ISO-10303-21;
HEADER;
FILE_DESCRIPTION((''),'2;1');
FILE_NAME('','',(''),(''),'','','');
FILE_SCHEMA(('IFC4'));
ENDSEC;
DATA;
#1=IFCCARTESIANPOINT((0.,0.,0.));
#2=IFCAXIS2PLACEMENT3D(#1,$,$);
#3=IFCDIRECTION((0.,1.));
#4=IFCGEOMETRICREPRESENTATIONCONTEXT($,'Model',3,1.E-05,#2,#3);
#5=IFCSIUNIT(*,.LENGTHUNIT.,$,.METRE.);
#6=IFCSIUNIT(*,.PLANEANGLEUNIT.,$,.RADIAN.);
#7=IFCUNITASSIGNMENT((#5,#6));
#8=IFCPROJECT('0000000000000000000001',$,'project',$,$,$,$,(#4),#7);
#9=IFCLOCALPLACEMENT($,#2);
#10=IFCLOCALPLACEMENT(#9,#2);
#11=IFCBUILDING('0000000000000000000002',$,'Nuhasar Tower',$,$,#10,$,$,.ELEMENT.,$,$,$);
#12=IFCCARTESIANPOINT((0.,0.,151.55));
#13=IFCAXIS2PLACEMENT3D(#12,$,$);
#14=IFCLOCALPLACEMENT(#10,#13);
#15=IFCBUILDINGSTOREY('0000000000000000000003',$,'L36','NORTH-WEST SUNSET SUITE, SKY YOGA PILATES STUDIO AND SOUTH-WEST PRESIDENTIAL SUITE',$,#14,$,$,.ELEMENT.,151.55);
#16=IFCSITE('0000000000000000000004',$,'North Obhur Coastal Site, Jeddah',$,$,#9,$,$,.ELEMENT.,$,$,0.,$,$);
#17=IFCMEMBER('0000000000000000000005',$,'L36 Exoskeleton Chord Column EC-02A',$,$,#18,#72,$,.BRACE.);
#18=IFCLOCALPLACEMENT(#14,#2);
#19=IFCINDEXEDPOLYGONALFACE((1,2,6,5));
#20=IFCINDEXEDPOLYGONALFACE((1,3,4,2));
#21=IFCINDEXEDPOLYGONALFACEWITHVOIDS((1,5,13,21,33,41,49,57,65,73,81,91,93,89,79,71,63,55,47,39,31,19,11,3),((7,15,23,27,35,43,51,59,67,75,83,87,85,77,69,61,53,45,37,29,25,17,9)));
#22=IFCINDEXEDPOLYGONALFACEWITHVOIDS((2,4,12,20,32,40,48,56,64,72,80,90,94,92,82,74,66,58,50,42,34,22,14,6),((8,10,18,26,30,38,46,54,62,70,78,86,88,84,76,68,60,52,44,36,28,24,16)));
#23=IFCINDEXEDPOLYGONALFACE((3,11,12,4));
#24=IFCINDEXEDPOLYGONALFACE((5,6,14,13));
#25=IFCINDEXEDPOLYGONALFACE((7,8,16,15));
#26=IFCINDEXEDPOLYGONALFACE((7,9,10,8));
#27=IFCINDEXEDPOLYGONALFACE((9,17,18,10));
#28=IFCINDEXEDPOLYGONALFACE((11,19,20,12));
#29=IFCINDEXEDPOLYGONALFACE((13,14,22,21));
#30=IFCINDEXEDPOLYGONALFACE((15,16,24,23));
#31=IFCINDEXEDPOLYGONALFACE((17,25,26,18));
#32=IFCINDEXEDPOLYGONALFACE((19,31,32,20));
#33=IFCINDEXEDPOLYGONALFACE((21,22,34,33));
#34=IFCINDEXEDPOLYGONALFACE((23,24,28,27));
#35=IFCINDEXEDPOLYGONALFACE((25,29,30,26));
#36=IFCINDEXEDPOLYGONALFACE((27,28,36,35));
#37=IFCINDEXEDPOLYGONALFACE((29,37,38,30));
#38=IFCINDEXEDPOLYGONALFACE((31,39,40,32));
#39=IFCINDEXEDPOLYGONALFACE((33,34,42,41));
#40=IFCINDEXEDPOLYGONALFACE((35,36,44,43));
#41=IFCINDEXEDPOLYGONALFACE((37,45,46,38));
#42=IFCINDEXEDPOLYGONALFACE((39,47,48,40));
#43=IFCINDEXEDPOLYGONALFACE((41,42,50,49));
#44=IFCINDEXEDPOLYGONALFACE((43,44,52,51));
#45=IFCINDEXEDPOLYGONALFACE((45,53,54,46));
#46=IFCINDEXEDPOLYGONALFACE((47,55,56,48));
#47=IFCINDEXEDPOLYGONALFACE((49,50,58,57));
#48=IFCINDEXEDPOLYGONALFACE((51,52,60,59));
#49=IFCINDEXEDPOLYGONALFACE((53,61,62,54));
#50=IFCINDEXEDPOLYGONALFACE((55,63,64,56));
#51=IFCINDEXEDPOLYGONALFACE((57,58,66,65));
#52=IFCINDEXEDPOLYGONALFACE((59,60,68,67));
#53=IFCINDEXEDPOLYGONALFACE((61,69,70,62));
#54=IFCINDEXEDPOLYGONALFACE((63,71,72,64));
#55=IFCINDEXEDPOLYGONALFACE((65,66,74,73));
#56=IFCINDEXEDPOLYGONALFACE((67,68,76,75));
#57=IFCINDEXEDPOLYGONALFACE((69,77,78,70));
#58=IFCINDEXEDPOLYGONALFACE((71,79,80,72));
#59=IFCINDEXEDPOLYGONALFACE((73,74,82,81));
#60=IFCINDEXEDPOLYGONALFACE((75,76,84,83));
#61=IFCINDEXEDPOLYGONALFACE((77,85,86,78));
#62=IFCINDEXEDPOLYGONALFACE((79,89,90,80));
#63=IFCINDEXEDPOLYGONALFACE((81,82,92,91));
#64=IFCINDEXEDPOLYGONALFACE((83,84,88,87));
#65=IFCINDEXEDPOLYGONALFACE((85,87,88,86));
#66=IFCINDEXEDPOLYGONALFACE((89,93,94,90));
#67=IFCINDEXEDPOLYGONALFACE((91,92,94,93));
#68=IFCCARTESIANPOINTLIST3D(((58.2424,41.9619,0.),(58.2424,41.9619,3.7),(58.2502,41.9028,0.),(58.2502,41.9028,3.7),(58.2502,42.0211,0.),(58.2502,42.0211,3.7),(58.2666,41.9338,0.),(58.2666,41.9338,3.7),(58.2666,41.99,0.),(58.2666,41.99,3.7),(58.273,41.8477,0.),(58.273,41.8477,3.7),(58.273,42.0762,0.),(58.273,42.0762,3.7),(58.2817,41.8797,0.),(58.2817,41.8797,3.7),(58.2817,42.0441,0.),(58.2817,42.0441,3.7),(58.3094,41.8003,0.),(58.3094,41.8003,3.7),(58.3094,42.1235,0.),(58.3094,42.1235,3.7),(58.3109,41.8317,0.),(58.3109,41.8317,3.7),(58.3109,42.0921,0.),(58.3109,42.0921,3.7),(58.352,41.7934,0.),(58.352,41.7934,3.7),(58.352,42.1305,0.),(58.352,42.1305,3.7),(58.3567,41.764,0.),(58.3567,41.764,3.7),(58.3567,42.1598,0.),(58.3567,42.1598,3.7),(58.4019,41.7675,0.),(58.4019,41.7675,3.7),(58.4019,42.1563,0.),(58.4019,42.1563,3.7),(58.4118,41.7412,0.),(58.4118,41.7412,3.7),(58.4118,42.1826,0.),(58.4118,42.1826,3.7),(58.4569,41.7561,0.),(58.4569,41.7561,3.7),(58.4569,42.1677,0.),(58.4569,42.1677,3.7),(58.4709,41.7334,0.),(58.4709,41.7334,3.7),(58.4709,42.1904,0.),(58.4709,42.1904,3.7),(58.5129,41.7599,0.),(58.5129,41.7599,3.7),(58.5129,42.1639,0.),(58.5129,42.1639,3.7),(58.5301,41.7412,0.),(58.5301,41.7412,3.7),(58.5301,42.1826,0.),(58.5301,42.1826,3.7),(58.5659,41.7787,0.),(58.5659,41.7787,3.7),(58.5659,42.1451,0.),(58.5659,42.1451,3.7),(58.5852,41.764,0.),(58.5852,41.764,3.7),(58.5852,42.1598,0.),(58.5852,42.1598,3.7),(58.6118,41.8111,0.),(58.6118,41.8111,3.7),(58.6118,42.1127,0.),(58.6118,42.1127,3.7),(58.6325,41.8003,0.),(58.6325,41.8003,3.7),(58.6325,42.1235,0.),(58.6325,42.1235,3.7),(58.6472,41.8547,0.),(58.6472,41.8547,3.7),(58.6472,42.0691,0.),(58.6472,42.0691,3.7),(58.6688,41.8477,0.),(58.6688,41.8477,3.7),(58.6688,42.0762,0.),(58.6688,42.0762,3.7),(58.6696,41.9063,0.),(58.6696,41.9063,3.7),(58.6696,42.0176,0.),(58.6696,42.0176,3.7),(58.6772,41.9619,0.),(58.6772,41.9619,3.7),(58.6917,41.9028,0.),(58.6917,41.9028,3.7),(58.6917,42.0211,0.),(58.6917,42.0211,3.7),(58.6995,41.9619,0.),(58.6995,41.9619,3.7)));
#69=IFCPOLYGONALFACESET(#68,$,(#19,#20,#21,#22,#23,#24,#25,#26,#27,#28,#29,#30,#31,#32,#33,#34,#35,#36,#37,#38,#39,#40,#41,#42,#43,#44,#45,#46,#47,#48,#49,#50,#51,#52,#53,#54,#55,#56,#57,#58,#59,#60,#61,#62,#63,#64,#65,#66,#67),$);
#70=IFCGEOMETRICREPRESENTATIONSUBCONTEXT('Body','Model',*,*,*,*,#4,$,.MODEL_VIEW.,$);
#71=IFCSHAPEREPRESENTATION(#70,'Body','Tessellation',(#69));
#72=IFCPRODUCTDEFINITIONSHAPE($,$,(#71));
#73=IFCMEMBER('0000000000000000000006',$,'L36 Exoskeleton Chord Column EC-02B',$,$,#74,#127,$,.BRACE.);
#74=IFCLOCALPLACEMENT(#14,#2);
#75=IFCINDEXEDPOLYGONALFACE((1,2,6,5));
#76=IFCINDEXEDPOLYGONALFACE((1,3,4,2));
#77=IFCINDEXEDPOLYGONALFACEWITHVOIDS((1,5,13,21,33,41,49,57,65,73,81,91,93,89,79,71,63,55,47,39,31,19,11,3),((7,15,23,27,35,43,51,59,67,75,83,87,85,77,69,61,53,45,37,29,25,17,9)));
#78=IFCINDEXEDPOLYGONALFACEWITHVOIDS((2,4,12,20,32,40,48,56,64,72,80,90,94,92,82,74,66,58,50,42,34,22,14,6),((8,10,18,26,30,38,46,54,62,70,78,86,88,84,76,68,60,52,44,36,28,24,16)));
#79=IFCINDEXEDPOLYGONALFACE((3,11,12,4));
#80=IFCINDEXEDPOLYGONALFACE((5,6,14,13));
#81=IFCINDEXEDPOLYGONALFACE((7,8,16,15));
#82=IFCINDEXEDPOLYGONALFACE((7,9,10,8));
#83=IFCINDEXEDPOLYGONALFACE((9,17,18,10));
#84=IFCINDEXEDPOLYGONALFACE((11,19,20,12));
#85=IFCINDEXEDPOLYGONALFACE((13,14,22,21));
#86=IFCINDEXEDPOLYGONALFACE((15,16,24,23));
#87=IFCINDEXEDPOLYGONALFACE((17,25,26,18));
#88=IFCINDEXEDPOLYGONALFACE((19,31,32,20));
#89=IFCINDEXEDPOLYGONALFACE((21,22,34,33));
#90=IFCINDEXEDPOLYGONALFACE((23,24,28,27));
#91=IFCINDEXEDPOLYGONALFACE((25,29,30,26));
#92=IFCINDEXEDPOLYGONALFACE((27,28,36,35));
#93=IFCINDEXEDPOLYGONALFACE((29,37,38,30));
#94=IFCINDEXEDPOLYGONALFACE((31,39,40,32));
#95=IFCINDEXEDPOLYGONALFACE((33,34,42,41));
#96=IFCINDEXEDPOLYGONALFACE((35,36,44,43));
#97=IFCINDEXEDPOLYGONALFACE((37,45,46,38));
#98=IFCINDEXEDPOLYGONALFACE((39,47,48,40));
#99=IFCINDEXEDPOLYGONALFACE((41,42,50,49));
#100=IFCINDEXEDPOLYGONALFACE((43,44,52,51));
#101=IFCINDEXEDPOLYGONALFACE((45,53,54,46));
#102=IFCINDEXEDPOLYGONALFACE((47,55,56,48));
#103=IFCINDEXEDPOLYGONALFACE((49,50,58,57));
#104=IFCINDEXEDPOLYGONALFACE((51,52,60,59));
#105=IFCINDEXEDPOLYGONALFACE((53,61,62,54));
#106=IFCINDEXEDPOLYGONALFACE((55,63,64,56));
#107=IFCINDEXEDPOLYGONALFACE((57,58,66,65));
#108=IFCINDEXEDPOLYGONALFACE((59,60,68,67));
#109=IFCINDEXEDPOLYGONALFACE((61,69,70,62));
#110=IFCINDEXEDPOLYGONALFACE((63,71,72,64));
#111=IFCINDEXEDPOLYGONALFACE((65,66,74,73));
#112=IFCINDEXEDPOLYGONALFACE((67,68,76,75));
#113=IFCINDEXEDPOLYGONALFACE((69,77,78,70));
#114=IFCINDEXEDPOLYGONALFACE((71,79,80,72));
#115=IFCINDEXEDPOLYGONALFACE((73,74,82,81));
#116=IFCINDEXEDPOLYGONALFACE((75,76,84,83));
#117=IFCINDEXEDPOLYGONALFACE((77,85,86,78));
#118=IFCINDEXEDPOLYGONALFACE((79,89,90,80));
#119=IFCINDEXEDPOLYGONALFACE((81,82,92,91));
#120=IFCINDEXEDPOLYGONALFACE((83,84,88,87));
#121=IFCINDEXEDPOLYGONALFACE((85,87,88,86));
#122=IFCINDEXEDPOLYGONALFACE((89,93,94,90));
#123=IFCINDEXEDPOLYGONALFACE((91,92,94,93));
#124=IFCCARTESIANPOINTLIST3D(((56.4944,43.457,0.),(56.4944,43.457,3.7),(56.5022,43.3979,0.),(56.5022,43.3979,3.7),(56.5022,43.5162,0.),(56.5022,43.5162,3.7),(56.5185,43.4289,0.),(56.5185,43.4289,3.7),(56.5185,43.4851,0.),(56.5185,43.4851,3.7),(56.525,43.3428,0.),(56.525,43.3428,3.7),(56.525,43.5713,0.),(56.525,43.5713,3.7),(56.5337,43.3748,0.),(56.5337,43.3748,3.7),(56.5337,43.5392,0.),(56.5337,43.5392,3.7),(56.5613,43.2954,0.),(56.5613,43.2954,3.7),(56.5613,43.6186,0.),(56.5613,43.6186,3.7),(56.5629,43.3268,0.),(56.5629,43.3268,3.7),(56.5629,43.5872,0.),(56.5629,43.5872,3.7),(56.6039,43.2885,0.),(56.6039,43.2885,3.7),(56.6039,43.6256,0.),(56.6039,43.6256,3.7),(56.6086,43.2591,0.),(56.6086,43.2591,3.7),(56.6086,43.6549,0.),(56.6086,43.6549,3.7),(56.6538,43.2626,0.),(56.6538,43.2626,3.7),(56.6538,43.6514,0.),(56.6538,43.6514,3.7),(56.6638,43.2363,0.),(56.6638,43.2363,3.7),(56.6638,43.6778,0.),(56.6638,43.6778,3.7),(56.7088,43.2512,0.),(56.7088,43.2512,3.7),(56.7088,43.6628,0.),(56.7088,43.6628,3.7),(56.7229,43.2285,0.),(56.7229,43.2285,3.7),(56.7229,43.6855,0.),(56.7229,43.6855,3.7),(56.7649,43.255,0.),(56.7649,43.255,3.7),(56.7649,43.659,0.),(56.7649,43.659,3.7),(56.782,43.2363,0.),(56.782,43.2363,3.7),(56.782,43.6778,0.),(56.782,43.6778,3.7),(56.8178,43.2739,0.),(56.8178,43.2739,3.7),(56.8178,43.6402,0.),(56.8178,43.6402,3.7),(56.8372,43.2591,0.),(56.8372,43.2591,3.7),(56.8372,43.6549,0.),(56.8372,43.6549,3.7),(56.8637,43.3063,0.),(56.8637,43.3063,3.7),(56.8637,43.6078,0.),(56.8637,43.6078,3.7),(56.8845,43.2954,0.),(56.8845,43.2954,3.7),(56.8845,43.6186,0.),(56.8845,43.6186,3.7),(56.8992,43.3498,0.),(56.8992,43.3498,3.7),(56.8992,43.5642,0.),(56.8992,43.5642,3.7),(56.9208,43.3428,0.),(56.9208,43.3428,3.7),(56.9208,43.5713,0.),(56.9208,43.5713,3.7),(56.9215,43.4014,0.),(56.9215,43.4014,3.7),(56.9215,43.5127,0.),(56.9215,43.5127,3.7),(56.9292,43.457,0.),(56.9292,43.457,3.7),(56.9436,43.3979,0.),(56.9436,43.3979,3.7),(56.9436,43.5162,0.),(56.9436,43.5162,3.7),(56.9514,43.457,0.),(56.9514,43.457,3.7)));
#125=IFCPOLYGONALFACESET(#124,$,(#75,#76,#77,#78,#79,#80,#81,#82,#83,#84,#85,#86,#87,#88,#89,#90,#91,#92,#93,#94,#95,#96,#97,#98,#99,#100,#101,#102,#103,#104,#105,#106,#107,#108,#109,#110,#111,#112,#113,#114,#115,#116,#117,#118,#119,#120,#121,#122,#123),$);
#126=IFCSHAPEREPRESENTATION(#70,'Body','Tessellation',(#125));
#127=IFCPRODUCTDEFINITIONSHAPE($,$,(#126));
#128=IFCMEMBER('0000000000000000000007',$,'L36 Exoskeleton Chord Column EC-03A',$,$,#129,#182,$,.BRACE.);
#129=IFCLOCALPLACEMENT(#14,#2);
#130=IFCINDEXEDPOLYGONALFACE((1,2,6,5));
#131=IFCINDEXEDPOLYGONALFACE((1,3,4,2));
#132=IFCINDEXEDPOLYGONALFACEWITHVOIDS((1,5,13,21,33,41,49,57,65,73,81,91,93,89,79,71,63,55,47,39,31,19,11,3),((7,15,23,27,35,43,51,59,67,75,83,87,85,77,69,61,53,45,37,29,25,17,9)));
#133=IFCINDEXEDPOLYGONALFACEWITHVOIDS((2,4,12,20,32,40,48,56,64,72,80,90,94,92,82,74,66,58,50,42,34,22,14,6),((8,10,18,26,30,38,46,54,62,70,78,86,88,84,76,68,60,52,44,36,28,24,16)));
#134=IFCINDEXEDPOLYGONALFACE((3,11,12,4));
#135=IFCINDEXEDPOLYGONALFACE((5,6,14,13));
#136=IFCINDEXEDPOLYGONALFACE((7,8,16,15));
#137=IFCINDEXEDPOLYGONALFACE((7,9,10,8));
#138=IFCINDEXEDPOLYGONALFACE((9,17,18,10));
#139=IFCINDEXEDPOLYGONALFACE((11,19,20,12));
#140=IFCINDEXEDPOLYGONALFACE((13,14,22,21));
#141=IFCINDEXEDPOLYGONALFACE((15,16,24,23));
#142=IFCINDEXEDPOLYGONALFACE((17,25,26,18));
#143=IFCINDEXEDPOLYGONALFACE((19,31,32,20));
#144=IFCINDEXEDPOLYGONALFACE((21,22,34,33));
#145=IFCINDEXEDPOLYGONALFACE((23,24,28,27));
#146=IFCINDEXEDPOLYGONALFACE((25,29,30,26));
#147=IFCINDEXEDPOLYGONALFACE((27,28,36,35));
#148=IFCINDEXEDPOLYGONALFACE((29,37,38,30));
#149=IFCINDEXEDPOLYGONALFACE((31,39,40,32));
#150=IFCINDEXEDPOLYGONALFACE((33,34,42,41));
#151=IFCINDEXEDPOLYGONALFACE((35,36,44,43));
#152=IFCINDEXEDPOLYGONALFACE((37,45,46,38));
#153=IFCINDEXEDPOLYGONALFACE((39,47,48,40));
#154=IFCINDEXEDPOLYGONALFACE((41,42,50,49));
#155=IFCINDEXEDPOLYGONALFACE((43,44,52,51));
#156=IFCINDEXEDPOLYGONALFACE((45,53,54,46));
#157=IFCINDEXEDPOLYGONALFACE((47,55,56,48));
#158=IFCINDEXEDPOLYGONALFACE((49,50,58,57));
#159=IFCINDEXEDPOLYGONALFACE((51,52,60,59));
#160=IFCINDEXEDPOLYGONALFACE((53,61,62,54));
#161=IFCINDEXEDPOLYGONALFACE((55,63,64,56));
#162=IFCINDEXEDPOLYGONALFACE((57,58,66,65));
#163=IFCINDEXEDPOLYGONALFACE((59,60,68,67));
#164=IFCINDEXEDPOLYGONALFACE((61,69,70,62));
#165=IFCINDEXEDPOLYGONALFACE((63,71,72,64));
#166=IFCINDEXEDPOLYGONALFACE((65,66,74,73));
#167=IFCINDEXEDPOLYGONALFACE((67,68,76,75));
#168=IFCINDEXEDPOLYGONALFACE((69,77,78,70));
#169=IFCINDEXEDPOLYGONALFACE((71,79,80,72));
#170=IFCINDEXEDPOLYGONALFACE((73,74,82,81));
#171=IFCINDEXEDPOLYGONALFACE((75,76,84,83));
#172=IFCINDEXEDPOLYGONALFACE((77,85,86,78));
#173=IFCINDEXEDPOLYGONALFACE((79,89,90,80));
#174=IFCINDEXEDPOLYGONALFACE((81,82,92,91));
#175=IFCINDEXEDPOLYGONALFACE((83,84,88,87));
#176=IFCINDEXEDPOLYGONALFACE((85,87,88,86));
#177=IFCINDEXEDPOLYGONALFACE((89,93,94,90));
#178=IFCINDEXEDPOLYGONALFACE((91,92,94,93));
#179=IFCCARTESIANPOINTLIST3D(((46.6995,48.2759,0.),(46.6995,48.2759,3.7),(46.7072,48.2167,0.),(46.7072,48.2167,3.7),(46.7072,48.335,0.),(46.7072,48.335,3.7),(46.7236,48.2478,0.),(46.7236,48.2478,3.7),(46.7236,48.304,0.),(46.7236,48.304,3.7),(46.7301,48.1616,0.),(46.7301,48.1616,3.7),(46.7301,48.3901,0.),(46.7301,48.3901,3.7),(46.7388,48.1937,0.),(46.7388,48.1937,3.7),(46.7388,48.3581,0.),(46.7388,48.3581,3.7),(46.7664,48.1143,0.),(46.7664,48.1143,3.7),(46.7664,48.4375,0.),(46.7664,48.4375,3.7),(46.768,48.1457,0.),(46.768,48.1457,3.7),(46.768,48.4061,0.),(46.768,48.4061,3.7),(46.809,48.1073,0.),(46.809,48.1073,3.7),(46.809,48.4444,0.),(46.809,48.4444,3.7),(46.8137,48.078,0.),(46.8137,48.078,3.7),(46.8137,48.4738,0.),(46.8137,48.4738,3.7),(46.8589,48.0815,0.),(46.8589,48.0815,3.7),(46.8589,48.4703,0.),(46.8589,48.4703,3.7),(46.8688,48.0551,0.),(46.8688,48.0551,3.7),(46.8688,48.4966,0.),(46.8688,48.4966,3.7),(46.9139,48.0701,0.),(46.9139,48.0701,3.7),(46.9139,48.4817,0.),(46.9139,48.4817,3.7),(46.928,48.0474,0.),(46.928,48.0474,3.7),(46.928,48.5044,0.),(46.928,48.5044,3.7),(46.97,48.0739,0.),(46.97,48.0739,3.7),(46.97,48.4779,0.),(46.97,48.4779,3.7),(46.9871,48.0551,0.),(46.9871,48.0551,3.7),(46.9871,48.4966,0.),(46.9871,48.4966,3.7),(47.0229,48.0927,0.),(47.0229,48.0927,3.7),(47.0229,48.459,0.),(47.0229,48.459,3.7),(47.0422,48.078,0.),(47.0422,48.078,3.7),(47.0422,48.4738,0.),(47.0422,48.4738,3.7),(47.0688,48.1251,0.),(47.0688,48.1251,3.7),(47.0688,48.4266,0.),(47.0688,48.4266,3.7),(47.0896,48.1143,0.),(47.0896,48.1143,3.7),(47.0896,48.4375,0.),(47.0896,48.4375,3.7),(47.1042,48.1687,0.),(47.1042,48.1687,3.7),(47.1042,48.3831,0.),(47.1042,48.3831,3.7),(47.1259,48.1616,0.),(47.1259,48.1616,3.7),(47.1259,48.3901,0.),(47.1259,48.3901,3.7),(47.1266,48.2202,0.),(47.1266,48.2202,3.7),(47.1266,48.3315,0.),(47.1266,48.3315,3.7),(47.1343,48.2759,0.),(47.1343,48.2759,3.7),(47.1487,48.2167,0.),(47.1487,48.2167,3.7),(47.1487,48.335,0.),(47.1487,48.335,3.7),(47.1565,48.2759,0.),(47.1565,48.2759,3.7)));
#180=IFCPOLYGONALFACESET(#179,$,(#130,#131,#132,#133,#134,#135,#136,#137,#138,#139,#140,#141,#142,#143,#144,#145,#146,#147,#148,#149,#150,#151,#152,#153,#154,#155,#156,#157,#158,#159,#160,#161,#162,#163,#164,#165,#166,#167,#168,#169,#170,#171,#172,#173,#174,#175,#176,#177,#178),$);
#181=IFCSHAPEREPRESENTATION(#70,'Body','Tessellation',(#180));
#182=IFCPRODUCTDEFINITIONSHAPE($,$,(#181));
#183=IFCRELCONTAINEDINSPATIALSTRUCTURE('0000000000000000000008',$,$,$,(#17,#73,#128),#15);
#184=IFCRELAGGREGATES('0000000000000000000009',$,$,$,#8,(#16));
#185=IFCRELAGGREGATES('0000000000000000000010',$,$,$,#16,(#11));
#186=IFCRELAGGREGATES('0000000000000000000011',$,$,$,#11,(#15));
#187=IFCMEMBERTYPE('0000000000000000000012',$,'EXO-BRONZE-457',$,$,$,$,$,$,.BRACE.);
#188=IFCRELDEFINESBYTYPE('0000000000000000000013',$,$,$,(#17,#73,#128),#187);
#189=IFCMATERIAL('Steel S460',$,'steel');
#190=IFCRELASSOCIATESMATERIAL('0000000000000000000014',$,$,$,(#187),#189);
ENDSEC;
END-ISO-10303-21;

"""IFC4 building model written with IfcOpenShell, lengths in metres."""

from ifc_helpers import new_model, si_unit, direction, frame, origin, origin_2d, place, context, subcontext, project, spatial, hollow_circle, extrude, material, material_profile, profile_set, type_object, element, save


model = new_model("IFC4")

# Units and contexts
model_context = context("Model", 3, precision=1e-05, world=origin(), true_north=direction((0.0, 1.0)))
body_context = subcontext(model_context, "Body", "Model", "MODEL_VIEW")
ifc_project = project(units=[si_unit("LENGTHUNIT", "METRE"), si_unit("PLANEANGLEUNIT", "RADIAN")], contexts=[model_context])

# Site, building, storey
site_placement = place(None, origin())
site = spatial("IfcSite", under=ifc_project, at=site_placement, Name="North Obhur Coastal Site, Jeddah", CompositionType="ELEMENT", RefElevation=0.0)
building_placement = place(site_placement, origin())
building = spatial("IfcBuilding", under=site, at=building_placement, Name="Nuhasar Tower", CompositionType="ELEMENT")
storey_placement = place(building_placement, frame((0.0, 0.0, 151.55)))
storey = spatial("IfcBuildingStorey", under=building, at=storey_placement, Name="L36", Description="NORTH-WEST SUNSET SUITE, SKY YOGA PILATES STUDIO AND SOUTH-WEST PRESIDENTIAL SUITE", CompositionType="ELEMENT", Elevation=151.55)

# Members
ifc_material_1 = material(Name="Steel S460", Category="steel")
ifc_material_profile_1 = material_profile(ifc_material_1, hollow_circle(Radius=0.2285, WallThickness=0.0222, at=origin_2d()), Name="HSS457X22.2")
ifc_profile_set_1 = profile_set([ifc_material_profile_1], Name="Steel S460")
member_type_1 = type_object("IfcMemberType", Name="EXO-BRONZE-457", PredefinedType="BRACE", material=ifc_profile_set_1)
for number, where, z_axis, x_axis, name in (
    (1, (58.4709, 41.9619, 0.0), (0.0, 0.0, 1.0), (1.0, 0.0, 0.0), "L36 Exoskeleton Chord Column EC-02A"),
    (2, (56.7229, 43.457, 0.0), (0.0, 0.0, 1.0), (1.0, 0.0, 0.0), "L36 Exoskeleton Chord Column EC-02B"),
    (3, (46.928, 48.2759, 0.0), (0.0, 0.0, 1.0), (1.0, 0.0, 0.0), "L36 Exoskeleton Chord Column EC-03A"),
):
    element("IfcMember", number, at=place(storey_placement, frame(where, z_axis=z_axis, x_axis=x_axis)), inside=storey, type_object=member_type_1, Name=name, PredefinedType="BRACE", context=body_context, shape_type="SweptSolid", body=[
        extrude(hollow_circle(Radius=0.2285, WallThickness=0.0222, at=origin_2d()), origin(), (0.0, 0.0, 1.0), 3.7),
    ])

save(model, "model.ifc")
